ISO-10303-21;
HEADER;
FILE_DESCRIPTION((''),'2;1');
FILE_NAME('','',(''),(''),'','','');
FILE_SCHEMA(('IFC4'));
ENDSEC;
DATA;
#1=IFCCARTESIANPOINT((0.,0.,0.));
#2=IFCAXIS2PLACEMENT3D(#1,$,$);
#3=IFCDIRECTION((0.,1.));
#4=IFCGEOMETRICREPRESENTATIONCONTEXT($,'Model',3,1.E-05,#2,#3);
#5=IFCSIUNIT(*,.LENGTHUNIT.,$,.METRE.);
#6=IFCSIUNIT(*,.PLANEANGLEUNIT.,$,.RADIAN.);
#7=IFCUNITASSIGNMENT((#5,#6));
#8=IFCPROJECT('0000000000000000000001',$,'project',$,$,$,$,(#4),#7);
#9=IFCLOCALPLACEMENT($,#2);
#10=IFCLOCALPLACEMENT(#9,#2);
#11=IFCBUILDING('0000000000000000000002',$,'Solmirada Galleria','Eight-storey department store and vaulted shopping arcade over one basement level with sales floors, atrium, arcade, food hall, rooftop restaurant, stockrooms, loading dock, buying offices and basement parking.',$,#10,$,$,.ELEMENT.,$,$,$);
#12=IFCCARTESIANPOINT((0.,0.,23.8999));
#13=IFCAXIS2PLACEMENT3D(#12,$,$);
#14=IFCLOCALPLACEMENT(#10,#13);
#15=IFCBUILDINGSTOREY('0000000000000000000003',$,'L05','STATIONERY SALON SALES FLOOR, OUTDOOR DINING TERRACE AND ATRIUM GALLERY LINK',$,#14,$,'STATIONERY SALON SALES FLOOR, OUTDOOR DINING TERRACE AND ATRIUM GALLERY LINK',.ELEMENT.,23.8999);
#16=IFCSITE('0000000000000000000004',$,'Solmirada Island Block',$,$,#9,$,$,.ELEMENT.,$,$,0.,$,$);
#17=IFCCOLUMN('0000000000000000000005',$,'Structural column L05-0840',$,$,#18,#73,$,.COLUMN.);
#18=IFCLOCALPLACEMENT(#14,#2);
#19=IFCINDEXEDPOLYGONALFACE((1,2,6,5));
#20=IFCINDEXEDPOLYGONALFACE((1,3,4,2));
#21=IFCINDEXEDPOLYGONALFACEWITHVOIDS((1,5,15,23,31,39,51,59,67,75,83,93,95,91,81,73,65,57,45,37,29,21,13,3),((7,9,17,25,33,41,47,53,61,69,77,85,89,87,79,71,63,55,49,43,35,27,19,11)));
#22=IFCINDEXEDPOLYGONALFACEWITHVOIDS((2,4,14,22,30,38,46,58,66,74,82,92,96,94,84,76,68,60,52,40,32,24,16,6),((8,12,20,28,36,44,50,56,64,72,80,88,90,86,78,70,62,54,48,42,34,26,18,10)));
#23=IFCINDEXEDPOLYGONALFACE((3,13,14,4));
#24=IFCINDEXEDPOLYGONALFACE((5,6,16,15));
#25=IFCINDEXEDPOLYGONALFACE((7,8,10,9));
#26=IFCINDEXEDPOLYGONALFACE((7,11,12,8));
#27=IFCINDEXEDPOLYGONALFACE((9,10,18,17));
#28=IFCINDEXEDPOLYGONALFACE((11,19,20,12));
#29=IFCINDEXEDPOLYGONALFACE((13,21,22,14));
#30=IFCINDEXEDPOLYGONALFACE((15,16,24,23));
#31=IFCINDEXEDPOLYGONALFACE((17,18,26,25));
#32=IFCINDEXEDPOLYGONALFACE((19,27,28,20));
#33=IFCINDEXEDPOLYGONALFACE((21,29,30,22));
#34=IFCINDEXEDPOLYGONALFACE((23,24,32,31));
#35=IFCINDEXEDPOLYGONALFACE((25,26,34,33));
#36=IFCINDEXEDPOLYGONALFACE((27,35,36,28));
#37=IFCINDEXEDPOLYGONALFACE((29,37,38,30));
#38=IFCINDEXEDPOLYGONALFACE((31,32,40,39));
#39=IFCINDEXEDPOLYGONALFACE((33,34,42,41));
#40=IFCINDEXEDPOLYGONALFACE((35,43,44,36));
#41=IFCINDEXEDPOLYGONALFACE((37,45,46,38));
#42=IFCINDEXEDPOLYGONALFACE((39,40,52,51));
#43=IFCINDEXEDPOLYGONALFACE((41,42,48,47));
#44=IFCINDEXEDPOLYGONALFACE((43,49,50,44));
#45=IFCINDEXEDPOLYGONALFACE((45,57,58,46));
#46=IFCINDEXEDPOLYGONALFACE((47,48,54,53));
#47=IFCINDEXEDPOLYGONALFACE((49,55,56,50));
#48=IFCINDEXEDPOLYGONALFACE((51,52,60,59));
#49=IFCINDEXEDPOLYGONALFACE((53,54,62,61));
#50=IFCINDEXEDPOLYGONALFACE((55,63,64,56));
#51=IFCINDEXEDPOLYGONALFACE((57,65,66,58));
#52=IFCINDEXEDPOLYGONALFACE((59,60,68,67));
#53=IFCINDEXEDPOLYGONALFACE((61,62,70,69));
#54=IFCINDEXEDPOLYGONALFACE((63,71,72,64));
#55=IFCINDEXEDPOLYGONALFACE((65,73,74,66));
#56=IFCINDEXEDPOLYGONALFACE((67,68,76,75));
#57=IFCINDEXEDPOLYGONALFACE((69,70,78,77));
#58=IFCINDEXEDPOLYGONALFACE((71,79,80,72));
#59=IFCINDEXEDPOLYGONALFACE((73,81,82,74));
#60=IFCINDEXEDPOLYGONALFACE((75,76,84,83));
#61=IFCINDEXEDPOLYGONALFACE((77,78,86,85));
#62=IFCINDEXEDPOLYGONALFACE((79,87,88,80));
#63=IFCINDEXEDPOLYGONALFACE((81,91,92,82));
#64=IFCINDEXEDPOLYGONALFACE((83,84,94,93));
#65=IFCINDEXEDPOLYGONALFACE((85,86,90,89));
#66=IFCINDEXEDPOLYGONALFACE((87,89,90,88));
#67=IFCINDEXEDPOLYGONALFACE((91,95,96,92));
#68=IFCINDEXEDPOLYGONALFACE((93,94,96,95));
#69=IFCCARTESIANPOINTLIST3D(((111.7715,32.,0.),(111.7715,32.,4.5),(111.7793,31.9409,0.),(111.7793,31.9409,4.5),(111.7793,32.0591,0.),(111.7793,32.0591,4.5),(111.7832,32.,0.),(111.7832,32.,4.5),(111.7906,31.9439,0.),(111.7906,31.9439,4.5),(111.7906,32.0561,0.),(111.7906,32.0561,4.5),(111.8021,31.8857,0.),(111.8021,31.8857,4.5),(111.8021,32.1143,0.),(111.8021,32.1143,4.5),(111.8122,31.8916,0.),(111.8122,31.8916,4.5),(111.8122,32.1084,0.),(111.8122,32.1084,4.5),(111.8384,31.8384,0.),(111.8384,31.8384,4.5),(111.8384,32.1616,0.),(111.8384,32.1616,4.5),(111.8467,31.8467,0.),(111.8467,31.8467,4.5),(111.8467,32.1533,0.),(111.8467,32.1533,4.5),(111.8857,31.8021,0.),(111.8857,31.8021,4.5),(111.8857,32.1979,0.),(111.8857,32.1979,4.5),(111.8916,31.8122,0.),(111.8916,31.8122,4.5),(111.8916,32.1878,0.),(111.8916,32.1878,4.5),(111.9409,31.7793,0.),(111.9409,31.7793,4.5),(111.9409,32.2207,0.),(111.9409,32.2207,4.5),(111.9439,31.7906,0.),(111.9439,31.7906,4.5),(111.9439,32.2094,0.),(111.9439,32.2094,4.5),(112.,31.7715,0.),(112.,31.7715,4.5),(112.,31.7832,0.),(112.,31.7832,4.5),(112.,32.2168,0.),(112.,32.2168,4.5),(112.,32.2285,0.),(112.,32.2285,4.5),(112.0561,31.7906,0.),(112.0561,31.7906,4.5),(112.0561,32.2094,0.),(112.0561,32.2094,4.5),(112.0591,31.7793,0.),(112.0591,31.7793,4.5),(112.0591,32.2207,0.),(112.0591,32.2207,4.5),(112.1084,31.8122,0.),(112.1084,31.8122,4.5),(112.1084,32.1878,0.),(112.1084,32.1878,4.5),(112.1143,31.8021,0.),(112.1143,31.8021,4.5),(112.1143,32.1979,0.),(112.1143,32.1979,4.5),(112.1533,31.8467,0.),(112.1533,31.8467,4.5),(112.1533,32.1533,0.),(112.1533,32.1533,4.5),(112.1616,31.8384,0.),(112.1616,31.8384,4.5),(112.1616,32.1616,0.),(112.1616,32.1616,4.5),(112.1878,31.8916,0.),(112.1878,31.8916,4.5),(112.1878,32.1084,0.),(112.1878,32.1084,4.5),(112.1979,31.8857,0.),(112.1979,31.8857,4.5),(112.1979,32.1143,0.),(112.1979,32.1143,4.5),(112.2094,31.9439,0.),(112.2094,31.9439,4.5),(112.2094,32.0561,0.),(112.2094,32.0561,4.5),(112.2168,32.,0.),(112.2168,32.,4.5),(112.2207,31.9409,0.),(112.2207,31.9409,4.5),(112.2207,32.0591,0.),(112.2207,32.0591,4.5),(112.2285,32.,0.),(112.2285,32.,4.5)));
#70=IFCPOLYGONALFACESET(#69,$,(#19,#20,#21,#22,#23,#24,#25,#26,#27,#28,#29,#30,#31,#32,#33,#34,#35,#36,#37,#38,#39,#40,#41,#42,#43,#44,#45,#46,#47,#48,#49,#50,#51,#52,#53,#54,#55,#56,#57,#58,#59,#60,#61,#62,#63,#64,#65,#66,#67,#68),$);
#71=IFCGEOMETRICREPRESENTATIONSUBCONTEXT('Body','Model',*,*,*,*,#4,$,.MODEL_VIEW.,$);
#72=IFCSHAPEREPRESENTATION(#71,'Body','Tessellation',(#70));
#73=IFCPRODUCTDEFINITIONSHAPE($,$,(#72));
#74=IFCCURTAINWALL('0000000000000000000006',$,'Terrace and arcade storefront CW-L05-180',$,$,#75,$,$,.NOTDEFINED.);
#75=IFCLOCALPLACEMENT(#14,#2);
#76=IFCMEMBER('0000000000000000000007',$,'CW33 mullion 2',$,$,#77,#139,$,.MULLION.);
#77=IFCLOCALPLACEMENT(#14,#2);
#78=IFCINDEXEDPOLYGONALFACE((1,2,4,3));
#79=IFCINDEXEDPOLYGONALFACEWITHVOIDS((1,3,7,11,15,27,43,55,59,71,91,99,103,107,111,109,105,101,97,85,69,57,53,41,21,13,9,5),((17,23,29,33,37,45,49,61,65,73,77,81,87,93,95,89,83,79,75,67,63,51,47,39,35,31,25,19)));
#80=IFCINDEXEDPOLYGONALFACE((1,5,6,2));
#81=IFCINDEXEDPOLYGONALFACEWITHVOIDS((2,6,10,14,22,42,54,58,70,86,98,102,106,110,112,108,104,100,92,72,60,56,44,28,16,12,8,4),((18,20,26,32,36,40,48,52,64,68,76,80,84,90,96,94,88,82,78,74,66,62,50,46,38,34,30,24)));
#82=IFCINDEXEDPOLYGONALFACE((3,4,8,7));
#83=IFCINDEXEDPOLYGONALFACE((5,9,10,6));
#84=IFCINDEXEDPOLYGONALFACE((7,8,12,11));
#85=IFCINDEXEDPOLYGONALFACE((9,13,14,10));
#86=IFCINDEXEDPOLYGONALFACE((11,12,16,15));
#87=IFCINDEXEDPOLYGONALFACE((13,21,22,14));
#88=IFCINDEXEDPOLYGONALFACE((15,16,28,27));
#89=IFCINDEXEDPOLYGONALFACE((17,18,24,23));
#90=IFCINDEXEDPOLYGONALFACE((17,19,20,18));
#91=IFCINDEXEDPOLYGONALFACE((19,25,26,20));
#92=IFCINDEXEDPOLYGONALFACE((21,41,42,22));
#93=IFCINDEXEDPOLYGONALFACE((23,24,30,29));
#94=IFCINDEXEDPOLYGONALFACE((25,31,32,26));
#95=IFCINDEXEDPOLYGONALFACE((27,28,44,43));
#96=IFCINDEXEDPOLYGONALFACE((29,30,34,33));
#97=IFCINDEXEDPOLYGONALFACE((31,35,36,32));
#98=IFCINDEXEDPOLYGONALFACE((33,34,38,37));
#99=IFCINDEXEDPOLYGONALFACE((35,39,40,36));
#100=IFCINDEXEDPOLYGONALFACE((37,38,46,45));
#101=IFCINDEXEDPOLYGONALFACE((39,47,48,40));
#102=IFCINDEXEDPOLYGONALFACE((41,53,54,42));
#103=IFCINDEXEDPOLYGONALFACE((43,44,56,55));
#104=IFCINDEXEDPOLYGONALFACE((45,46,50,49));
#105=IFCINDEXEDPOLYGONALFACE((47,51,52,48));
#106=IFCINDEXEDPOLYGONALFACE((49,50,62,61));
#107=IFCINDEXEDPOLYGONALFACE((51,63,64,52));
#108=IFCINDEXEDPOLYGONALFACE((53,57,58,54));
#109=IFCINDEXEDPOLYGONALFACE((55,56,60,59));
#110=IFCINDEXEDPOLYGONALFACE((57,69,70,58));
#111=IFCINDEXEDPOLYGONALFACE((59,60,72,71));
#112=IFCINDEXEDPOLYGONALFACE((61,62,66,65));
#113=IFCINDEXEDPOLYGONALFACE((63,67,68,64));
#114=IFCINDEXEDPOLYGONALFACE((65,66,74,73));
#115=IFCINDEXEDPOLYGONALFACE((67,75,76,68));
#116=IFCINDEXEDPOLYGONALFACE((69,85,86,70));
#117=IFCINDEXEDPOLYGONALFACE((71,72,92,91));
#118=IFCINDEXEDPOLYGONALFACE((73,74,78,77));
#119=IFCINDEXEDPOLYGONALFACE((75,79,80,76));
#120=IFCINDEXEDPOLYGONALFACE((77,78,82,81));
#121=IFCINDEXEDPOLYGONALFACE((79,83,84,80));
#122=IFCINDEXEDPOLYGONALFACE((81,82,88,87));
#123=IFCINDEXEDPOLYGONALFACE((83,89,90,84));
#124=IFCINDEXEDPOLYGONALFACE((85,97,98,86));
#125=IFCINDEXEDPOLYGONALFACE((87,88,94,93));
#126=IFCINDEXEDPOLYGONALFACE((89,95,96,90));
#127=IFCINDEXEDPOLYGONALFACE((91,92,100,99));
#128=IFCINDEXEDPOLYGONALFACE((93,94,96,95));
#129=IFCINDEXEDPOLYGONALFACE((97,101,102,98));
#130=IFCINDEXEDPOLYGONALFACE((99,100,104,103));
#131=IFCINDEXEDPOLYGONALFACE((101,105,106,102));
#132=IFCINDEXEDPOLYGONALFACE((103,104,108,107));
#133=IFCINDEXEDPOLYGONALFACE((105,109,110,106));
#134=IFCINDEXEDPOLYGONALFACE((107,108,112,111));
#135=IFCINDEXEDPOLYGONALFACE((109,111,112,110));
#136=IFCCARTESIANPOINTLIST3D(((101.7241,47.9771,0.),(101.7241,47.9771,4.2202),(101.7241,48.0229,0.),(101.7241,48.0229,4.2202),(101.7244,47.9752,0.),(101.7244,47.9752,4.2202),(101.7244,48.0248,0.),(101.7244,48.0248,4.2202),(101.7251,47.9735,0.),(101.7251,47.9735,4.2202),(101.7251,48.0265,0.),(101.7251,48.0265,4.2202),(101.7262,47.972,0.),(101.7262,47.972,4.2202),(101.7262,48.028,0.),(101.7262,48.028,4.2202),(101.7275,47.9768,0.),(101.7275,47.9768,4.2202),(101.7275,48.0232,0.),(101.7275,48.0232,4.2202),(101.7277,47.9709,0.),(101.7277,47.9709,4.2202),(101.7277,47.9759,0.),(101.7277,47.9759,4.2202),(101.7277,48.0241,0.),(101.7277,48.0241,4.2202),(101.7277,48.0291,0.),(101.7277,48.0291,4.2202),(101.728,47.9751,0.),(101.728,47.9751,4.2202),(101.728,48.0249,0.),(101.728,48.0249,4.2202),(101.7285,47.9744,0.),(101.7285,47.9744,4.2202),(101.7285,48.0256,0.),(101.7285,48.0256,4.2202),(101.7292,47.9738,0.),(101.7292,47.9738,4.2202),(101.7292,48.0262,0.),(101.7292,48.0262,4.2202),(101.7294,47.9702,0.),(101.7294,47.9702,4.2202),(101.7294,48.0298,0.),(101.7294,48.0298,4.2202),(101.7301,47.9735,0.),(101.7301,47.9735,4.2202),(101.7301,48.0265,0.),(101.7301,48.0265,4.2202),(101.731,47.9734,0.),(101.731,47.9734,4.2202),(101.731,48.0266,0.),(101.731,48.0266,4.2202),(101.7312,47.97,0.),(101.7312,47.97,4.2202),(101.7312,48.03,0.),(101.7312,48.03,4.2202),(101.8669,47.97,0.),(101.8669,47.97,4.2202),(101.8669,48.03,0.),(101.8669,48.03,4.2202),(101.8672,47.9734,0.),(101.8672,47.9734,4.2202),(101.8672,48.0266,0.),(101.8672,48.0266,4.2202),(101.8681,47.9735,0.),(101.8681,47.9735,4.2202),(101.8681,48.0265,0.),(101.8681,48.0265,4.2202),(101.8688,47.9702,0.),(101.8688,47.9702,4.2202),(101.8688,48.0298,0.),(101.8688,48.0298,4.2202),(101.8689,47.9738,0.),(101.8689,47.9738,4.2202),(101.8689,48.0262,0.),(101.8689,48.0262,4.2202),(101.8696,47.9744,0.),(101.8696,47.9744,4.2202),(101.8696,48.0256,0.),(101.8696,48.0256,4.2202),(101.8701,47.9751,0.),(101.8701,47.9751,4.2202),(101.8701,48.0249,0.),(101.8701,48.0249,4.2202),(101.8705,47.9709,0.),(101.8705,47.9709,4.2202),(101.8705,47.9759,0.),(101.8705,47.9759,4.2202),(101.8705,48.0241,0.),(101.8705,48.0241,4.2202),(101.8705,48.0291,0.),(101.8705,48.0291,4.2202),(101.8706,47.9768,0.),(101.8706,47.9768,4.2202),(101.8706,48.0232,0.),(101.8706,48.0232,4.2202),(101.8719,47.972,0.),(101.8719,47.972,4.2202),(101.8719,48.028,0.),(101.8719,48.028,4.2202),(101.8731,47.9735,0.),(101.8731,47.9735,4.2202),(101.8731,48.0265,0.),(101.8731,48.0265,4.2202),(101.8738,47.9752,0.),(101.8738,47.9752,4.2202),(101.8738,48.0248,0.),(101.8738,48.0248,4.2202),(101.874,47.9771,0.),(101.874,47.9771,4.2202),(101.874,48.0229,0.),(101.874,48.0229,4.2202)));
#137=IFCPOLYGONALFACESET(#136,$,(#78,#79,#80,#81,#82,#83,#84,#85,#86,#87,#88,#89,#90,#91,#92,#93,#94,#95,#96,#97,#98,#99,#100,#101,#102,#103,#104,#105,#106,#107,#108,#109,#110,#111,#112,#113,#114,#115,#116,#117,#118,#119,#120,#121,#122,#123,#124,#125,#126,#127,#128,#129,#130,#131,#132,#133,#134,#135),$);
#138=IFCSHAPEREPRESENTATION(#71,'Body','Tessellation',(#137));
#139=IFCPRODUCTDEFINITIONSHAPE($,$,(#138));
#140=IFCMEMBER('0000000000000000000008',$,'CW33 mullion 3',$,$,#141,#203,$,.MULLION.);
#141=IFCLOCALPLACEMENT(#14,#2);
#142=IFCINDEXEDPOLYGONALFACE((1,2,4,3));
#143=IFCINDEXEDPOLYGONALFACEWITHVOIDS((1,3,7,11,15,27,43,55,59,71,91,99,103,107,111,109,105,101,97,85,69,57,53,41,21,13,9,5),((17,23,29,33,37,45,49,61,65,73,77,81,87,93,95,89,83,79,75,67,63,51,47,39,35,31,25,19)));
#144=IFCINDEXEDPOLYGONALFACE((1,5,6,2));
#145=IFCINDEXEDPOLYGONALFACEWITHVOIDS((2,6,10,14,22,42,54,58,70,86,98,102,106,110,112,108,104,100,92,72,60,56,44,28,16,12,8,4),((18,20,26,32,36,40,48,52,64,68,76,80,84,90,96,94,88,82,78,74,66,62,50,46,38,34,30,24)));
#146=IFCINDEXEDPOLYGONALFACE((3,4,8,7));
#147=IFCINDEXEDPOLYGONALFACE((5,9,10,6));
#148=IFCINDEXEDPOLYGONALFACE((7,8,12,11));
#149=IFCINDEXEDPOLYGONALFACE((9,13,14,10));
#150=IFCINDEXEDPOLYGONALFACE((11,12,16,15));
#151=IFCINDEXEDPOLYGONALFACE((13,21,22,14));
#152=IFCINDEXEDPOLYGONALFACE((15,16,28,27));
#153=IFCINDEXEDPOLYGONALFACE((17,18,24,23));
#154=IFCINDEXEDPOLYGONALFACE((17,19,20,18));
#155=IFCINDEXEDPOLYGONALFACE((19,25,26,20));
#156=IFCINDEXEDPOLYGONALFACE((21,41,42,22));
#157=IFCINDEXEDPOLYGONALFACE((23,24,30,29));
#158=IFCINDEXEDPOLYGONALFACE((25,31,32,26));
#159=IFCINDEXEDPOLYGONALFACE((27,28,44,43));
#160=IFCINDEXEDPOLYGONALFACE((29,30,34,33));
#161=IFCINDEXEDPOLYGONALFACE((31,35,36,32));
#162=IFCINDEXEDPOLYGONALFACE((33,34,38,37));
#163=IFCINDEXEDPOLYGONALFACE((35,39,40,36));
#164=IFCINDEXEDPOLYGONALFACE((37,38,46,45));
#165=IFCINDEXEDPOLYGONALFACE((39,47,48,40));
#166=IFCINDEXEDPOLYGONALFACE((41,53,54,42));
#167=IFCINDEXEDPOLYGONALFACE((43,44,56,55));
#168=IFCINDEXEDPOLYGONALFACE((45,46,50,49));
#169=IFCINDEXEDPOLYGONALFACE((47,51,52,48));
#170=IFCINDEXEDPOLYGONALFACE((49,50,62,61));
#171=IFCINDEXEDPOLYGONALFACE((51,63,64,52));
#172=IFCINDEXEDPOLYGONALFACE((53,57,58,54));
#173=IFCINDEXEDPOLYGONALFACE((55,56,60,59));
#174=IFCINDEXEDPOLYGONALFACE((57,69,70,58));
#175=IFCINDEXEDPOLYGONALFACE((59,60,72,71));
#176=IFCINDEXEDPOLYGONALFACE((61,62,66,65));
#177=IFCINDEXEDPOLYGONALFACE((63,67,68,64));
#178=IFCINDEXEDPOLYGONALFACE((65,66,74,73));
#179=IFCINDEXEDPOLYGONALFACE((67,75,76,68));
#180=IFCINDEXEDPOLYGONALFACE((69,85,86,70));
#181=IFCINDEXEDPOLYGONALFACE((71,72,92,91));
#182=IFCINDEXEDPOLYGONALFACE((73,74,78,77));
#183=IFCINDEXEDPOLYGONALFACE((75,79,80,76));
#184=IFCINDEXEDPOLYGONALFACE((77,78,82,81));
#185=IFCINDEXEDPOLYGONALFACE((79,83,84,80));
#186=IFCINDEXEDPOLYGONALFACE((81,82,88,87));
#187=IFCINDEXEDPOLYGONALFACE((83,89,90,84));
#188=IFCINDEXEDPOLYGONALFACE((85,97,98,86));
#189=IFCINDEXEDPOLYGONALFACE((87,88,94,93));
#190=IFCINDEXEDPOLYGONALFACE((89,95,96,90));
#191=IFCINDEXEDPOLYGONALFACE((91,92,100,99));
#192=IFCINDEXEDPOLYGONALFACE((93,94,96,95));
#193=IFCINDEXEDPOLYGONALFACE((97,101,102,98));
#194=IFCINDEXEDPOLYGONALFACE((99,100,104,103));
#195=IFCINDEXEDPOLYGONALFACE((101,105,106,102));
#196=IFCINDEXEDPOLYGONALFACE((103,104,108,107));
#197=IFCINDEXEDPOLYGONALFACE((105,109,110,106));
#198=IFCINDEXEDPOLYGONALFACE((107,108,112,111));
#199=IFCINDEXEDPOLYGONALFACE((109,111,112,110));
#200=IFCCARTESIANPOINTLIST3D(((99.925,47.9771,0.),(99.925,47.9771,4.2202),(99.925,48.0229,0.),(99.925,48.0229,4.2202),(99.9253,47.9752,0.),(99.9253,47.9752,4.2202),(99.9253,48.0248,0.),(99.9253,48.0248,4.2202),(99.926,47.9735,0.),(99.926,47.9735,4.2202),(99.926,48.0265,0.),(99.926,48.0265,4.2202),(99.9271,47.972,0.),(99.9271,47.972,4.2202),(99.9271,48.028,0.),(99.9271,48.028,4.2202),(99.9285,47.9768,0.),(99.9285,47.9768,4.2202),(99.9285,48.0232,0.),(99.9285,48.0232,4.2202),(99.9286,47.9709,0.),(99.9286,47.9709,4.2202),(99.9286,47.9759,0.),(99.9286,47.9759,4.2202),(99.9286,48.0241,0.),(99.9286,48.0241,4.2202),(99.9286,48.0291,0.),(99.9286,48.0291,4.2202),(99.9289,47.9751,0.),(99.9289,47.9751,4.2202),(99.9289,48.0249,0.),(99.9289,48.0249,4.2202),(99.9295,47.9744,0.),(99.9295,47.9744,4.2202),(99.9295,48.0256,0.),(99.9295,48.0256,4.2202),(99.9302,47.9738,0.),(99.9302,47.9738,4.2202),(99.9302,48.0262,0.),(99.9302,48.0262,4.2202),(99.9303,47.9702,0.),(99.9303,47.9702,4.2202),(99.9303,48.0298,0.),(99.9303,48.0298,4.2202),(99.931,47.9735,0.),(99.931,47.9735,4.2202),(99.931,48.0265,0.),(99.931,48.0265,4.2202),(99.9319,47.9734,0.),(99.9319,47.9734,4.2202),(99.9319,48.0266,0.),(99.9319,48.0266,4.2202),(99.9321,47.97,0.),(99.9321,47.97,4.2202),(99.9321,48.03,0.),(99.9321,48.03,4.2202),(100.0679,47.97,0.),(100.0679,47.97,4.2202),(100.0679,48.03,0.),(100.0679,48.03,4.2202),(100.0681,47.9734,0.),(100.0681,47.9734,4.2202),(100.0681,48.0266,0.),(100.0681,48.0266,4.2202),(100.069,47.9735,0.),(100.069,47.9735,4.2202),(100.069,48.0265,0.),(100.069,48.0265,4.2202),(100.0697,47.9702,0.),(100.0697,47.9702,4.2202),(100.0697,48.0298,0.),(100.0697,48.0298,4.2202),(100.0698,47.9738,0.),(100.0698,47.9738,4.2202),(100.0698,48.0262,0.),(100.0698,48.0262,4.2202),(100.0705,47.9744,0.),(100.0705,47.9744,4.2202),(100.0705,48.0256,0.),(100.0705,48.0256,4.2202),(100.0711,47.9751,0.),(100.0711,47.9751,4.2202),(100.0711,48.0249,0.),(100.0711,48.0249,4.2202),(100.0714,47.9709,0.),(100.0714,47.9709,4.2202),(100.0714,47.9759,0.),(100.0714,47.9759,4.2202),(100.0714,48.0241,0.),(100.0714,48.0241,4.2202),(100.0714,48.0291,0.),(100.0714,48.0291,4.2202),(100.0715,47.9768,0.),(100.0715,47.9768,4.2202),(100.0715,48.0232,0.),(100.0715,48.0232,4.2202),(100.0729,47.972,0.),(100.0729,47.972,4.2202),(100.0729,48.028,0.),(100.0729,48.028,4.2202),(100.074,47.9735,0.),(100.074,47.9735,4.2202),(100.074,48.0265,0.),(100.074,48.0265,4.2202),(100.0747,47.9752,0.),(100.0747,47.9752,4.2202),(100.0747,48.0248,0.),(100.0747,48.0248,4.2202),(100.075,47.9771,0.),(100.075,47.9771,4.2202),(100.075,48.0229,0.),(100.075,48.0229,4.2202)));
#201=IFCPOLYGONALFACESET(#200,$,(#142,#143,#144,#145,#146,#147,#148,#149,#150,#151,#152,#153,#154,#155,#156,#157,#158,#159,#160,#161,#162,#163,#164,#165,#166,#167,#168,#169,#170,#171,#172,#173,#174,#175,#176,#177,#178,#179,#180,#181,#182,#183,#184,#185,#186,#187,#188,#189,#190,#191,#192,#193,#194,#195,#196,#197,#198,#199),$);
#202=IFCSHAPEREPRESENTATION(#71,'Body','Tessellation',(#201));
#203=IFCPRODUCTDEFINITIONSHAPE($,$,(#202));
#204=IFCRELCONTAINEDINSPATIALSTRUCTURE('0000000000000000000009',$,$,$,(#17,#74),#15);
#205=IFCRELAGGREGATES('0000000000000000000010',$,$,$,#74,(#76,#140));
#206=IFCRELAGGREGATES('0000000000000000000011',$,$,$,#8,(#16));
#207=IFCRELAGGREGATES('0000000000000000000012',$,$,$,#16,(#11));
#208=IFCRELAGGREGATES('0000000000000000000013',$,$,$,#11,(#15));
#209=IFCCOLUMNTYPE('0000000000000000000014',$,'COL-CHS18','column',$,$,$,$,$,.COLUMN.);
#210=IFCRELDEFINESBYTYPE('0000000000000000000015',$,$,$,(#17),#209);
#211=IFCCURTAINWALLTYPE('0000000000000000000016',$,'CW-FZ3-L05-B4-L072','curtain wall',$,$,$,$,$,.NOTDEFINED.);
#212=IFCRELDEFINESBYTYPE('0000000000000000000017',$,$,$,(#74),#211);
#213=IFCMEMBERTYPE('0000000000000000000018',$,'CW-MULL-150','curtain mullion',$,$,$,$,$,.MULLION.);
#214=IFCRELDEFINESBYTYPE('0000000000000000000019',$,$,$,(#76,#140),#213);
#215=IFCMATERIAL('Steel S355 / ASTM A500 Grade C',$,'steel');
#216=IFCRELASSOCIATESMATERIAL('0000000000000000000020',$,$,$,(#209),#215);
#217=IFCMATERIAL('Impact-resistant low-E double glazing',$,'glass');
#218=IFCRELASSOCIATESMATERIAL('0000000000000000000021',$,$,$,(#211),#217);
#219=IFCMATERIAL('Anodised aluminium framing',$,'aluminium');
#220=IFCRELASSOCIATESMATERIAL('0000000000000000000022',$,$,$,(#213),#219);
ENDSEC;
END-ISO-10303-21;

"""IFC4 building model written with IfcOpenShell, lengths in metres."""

from ifc_helpers import new_model, si_unit, direction, frame, origin, origin_2d, place, context, subcontext, project, spatial, hollow_rectangle, hollow_circle, extrude, material, material_profile, profile_set, type_object, element, aggregate, save


model = new_model("IFC4")

# Units and contexts
model_context = context("Model", 3, precision=1e-05, world=origin(), true_north=direction((0.0, 1.0)))
body_context = subcontext(model_context, "Body", "Model", "MODEL_VIEW")
ifc_project = project(units=[si_unit("LENGTHUNIT", "METRE"), si_unit("PLANEANGLEUNIT", "RADIAN")], contexts=[model_context])

# Site, building, storey
site_placement = place(None, origin())
site = spatial("IfcSite", under=ifc_project, at=site_placement, Name="Solmirada Island Block", CompositionType="ELEMENT", RefElevation=0.0)
building_placement = place(site_placement, origin())
building = spatial("IfcBuilding", under=site, at=building_placement, Name="Solmirada Galleria", Description="Eight-storey department store and vaulted shopping arcade over one basement level with sales floors, atrium, arcade, food hall, rooftop restaurant, stockrooms, loading dock, buying offices and basement parking.", CompositionType="ELEMENT")
storey_placement = place(building_placement, frame((0.0, 0.0, 23.8999)))
storey = spatial("IfcBuildingStorey", under=building, at=storey_placement, Name="L05", Description="STATIONERY SALON SALES FLOOR, OUTDOOR DINING TERRACE AND ATRIUM GALLERY LINK", LongName="STATIONERY SALON SALES FLOOR, OUTDOOR DINING TERRACE AND ATRIUM GALLERY LINK", CompositionType="ELEMENT", Elevation=23.8999)

# Column
ifc_material_1 = material(Name="Steel S355 / ASTM A500 Grade C", Category="steel")
ifc_material_profile_1 = material_profile(ifc_material_1, hollow_circle(Radius=0.2285, WallThickness=0.0117, at=origin_2d()), Name="HSS18.000X0.500")
ifc_profile_set_1 = profile_set([ifc_material_profile_1], Name="Steel S355 / ASTM A500 Grade C")
column_type = type_object("IfcColumnType", Name="COL-CHS18", Description="column", PredefinedType="COLUMN", material=ifc_profile_set_1)
column_placement = place(storey_placement, frame((112.0, 32.0, 0.0), z_axis=(0.0, 0.0, 1.0), x_axis=(1.0, 0.0, 0.0)))
element("IfcColumn", 1, at=column_placement, inside=storey, type_object=column_type, Name="Structural column L05-0840", PredefinedType="COLUMN", context=body_context, shape_type="SweptSolid", body=[
    extrude(hollow_circle(Radius=0.2285, WallThickness=0.0117, at=origin_2d()), origin(), (0.0, 0.0, 1.0), 4.5),
])

# Curtain wall, members
ifc_material_2 = material(Name="Impact-resistant low-E double glazing", Category="glass")
curtain_wall_type = type_object("IfcCurtainWallType", Name="CW-FZ3-L05-B4-L072", Description="curtain wall", PredefinedType="NOTDEFINED", material=ifc_material_2)
curtain_wall_placement = place(storey_placement, origin())
curtain_wall = element("IfcCurtainWall", 2, at=curtain_wall_placement, inside=storey, type_object=curtain_wall_type, Name="Terrace and arcade storefront CW-L05-180", PredefinedType="NOTDEFINED")
ifc_material_3 = material(Name="Anodised aluminium framing", Category="aluminium")
ifc_material_profile_2 = material_profile(ifc_material_3, hollow_rectangle(XDim=0.0601, YDim=0.1499, WallThickness=0.0034, InnerFilletRadius=0.0034, OuterFilletRadius=0.0071, at=origin_2d()), Name="ALU-MULL-150X60")
ifc_profile_set_2 = profile_set([ifc_material_profile_2], Name="Anodised aluminium framing")
member_type_1 = type_object("IfcMemberType", Name="CW-MULL-150", Description="curtain mullion", PredefinedType="MULLION", material=ifc_profile_set_2)
member_1_placement = place(storey_placement, frame((101.7991, 48.0, 0.0), z_axis=(0.0, 0.0, 1.0), x_axis=(0.0, -1.0, 0.0)))
member_1 = element("IfcMember", 3, at=member_1_placement, type_object=member_type_1, Name="CW33 mullion 2", PredefinedType="MULLION", context=body_context, shape_type="SweptSolid", body=[
    extrude(hollow_rectangle(XDim=0.0601, YDim=0.1499, WallThickness=0.0034, InnerFilletRadius=0.0034, OuterFilletRadius=0.0071, at=origin_2d()), origin(), (0.0, 0.0, 1.0), 4.2202),
])
member_2_placement = place(storey_placement, frame((100.0, 48.0, 0.0), z_axis=(0.0, 0.0, 1.0), x_axis=(0.0, -1.0, 0.0)))
member_2 = element("IfcMember", 4, at=member_2_placement, type_object=member_type_1, Name="CW33 mullion 3", PredefinedType="MULLION", context=body_context, shape_type="SweptSolid", body=[
    extrude(hollow_rectangle(XDim=0.0601, YDim=0.1499, WallThickness=0.0034, InnerFilletRadius=0.0034, OuterFilletRadius=0.0071, at=origin_2d()), origin(), (0.0, 0.0, 1.0), 4.2202),
])
aggregate(curtain_wall, [member_1, member_2])

save(model, "model.ifc")
